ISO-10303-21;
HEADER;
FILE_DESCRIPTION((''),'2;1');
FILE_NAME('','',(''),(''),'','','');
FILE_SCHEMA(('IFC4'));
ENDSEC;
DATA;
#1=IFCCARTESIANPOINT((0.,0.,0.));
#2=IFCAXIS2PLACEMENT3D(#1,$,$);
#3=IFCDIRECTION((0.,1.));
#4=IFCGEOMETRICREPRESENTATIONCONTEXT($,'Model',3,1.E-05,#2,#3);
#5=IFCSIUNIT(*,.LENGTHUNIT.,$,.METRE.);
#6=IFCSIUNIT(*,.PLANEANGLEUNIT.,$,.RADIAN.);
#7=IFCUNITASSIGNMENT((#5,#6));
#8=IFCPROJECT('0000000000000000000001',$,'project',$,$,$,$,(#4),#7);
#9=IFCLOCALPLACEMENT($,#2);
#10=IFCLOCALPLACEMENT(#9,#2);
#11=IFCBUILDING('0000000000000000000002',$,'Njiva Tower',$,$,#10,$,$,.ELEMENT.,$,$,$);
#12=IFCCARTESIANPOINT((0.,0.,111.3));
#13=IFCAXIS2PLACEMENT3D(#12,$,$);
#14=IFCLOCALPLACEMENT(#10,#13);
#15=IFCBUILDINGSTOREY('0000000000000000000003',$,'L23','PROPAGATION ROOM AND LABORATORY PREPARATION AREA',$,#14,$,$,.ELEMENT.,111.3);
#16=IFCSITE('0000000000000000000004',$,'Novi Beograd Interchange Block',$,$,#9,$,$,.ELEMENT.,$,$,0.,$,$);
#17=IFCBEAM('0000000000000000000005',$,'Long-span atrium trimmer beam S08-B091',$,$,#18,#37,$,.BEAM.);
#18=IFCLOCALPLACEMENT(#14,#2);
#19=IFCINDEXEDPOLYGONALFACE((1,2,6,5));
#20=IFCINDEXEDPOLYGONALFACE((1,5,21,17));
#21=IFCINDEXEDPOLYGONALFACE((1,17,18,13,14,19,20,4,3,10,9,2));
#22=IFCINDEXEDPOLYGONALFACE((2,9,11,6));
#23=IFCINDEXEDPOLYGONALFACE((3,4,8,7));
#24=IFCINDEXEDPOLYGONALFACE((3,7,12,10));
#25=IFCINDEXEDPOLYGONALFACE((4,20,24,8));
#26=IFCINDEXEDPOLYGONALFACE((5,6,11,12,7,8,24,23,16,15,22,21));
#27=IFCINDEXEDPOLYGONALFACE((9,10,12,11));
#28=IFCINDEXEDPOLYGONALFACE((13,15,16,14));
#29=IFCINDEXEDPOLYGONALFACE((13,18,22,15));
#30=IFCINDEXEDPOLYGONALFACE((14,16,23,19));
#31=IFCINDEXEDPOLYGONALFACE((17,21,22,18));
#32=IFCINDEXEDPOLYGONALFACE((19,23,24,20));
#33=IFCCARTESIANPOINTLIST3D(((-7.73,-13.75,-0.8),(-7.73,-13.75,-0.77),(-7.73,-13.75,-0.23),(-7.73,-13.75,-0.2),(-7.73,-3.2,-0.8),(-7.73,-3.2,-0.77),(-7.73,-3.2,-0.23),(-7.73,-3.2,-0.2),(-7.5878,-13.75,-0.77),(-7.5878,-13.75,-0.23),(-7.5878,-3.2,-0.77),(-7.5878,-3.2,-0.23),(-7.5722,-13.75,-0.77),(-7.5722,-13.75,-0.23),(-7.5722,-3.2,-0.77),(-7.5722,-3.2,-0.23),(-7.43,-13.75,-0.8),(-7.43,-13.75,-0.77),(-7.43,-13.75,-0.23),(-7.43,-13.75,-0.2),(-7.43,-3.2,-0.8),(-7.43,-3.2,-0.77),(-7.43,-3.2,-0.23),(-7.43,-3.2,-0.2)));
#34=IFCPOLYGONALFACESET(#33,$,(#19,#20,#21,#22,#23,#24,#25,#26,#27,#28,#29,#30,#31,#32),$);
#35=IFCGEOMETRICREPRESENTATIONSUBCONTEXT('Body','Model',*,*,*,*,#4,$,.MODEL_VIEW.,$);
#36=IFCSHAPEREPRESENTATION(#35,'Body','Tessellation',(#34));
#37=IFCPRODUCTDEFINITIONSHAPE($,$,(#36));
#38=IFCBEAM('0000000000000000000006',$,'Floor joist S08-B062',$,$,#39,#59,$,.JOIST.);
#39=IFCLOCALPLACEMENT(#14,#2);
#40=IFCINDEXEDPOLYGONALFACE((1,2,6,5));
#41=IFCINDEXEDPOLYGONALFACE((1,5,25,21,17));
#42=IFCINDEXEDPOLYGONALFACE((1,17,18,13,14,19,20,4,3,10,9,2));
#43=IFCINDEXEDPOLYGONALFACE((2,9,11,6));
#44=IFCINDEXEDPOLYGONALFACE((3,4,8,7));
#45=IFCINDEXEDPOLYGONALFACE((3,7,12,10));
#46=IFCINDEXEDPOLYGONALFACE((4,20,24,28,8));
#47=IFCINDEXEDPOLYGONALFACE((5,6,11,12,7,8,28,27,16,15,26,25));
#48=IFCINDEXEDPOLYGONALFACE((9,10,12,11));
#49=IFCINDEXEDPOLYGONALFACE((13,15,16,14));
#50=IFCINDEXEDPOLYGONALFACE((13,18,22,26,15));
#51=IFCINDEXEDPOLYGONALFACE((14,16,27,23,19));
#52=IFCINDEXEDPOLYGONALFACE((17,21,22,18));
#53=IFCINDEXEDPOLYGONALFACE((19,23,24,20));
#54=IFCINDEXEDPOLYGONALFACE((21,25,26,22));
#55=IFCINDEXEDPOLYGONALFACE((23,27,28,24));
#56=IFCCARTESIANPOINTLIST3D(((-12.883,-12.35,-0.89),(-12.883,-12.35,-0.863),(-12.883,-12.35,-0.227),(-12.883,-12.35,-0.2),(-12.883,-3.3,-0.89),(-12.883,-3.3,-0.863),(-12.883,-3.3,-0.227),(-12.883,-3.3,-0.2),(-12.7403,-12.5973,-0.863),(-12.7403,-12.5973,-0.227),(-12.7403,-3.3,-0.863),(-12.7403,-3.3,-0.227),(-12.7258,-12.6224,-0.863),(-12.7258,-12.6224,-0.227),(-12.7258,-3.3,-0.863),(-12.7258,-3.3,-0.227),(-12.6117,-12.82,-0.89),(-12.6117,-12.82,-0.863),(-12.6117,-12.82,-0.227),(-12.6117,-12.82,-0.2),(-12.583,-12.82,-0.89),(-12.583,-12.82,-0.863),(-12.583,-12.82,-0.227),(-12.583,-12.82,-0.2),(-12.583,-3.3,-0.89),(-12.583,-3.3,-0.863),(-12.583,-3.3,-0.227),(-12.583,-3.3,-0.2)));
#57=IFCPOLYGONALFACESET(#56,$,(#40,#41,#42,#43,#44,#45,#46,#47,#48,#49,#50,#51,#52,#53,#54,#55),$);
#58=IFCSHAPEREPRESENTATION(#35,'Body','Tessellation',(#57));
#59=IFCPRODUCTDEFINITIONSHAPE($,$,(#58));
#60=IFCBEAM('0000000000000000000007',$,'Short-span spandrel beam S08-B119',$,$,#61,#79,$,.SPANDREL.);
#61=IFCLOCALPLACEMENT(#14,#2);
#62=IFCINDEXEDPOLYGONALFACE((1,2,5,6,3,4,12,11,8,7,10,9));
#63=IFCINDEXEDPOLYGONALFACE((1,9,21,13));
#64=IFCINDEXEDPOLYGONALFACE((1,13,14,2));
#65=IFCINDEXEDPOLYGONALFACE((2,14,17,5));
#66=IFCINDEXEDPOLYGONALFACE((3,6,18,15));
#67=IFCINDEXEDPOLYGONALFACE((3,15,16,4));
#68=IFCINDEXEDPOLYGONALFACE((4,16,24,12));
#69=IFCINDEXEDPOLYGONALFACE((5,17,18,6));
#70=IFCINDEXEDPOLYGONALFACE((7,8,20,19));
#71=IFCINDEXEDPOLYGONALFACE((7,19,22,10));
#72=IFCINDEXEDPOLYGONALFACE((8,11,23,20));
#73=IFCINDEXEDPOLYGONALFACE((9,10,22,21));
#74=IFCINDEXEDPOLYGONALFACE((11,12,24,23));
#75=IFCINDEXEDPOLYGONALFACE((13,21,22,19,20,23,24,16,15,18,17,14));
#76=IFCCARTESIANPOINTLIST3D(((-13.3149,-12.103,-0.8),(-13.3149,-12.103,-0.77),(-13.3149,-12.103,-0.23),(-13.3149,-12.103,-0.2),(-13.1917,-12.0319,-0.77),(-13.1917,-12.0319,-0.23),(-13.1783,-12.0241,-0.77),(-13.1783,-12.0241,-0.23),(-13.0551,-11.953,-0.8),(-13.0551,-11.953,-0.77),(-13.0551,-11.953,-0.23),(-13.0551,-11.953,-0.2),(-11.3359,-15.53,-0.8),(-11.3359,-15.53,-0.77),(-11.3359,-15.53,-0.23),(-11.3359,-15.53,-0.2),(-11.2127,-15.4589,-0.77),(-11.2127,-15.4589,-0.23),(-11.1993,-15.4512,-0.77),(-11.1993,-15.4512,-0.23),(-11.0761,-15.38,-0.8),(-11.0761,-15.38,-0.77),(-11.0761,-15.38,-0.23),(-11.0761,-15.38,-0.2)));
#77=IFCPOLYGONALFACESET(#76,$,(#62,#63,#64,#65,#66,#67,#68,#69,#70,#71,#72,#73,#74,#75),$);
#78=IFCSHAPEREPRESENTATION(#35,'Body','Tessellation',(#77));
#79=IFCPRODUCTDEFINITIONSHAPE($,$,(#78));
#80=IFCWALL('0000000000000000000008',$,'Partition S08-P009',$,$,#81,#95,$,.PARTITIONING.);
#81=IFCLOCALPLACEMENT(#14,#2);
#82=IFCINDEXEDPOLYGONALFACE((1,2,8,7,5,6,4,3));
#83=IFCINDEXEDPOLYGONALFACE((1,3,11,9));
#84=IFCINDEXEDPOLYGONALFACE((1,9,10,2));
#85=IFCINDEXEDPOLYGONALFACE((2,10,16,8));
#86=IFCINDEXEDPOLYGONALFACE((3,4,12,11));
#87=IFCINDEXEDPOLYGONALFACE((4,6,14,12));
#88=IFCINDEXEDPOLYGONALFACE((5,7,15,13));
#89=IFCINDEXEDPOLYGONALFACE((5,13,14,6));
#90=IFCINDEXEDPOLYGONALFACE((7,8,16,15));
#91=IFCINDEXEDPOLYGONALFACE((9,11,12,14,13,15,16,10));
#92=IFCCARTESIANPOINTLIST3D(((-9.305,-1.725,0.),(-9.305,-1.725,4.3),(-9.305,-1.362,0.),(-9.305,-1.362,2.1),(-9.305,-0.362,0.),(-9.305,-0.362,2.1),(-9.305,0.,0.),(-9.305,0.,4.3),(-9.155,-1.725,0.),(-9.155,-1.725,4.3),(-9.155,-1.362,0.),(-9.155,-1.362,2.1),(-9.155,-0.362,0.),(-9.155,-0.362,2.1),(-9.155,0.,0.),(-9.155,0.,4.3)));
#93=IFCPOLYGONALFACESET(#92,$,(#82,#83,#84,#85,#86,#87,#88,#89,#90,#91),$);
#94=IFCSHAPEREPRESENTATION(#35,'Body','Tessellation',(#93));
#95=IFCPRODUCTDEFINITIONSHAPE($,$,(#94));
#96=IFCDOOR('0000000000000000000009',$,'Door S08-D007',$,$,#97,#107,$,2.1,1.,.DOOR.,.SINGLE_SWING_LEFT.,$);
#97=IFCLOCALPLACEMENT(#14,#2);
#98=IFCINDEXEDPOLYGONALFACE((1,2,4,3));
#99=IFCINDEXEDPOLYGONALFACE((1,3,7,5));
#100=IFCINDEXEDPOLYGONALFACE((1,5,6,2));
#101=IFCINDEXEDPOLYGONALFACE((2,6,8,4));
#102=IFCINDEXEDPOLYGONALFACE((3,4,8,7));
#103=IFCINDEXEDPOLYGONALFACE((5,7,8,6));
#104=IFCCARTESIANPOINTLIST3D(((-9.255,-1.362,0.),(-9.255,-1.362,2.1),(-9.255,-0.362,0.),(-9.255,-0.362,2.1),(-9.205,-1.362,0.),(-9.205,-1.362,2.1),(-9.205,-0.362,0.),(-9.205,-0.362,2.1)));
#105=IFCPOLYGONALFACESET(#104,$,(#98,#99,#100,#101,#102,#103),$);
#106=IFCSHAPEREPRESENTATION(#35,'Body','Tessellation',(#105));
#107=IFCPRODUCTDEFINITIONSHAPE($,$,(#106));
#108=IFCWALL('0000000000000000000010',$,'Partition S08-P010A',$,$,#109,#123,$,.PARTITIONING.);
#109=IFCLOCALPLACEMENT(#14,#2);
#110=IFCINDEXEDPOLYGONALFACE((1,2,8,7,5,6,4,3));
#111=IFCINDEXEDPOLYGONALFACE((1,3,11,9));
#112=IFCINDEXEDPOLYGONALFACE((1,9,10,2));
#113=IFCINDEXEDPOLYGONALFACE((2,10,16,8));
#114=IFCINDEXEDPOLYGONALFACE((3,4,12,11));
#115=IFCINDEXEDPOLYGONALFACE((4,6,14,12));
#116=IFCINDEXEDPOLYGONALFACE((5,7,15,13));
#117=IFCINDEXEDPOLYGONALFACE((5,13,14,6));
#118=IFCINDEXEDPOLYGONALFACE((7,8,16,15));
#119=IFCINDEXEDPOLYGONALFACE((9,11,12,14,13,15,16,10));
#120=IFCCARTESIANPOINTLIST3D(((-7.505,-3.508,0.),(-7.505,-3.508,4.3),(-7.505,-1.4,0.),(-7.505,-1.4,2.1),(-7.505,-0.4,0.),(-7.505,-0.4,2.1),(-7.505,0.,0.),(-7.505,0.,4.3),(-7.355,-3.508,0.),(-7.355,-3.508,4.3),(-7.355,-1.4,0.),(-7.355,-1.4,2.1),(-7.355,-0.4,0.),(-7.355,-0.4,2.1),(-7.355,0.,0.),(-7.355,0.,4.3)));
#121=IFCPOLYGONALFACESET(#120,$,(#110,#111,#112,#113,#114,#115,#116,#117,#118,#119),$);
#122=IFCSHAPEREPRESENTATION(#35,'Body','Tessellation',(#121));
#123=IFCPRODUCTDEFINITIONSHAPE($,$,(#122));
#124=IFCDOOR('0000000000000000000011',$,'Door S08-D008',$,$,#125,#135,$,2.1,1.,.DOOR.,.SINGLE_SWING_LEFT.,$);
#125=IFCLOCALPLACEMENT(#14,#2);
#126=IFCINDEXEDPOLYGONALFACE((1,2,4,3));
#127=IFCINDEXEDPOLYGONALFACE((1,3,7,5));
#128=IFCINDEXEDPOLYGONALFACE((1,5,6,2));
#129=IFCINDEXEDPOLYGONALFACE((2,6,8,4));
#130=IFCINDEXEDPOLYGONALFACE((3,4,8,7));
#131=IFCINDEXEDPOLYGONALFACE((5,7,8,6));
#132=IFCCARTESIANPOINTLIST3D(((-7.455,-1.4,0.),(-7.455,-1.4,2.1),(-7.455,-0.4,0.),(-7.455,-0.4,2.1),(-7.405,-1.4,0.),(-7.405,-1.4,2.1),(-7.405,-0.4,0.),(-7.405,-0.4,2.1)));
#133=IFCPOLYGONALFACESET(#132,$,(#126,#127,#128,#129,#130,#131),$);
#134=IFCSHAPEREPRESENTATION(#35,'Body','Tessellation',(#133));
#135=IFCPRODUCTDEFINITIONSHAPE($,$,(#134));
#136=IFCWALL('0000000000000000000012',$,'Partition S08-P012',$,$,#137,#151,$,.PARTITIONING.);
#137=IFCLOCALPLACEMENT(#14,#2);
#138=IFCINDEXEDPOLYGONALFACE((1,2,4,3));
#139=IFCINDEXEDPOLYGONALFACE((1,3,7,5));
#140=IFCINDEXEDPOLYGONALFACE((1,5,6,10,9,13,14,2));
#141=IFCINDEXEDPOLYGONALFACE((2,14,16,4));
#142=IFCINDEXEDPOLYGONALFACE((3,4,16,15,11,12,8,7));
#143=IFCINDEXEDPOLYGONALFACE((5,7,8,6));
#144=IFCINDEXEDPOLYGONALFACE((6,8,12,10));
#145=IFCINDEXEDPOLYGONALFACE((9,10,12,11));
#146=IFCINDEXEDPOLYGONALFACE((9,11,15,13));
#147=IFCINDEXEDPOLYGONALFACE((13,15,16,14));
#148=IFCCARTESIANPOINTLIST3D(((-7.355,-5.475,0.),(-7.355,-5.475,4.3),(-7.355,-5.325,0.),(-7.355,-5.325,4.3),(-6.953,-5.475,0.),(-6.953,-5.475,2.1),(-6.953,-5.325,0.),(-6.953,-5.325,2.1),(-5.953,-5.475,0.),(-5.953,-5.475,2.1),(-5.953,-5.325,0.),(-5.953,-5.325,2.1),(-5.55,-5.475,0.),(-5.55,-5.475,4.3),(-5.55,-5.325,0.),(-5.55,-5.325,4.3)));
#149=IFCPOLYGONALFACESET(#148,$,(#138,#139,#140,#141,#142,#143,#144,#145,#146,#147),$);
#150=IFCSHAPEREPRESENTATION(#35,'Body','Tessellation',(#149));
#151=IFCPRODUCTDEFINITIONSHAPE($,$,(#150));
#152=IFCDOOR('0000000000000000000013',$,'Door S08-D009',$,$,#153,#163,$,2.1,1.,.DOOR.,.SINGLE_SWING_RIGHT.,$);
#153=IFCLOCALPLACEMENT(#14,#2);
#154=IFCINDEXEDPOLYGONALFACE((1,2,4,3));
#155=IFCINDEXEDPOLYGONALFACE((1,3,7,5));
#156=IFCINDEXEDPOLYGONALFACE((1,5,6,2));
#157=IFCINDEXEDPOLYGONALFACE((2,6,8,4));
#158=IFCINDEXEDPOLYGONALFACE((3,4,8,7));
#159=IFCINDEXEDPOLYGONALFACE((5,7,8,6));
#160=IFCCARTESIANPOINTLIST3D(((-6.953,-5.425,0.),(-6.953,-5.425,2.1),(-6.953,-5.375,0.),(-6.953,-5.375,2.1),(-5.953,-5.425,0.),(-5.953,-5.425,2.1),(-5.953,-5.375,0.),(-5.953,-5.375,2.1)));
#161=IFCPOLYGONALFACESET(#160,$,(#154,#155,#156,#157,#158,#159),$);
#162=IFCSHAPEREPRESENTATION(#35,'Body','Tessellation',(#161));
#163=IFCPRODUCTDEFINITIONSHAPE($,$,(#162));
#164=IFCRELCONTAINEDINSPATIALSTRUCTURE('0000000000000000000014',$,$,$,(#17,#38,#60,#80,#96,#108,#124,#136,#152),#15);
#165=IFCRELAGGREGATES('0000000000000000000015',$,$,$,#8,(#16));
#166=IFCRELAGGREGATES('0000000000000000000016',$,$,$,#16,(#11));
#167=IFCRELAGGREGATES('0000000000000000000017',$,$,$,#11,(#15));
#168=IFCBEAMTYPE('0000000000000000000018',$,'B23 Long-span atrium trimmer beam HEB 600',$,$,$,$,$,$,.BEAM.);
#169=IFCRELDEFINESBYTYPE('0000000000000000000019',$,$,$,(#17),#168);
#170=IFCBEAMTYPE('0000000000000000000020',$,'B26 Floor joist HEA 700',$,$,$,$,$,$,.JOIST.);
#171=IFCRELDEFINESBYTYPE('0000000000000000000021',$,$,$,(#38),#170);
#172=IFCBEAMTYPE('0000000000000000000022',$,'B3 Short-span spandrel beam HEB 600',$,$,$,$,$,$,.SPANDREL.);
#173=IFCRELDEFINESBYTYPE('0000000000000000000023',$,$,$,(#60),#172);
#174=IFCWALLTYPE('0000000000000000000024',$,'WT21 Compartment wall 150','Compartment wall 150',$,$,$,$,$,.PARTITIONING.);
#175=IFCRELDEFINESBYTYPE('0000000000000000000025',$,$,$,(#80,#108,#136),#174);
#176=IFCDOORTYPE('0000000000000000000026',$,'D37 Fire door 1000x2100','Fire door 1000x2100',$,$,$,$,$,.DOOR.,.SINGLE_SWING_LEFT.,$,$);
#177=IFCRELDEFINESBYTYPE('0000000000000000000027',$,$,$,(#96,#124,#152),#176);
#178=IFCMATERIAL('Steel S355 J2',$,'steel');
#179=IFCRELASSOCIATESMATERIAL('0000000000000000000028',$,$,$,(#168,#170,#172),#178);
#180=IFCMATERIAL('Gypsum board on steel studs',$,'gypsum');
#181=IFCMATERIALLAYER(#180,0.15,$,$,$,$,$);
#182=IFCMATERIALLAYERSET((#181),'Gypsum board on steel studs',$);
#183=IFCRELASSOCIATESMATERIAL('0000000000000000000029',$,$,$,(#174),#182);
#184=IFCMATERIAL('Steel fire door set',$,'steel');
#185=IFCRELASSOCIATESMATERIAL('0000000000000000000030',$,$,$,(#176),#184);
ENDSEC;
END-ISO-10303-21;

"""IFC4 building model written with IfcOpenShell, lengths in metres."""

from ifc_helpers import new_model, si_unit, direction, frame, frame_2d, origin, origin_2d, place, context, subcontext, project, spatial, rectangle, i_section, extrude, clip, halfspace, material, layer, layer_set, material_profile, profile_set, type_object, element, fill, save


model = new_model("IFC4")

# Units and contexts
model_context = context("Model", 3, precision=1e-05, world=origin(), true_north=direction((0.0, 1.0)))
body_context = subcontext(model_context, "Body", "Model", "MODEL_VIEW")
ifc_project = project(units=[si_unit("LENGTHUNIT", "METRE"), si_unit("PLANEANGLEUNIT", "RADIAN")], contexts=[model_context])

# Site, building, storey
site_placement = place(None, origin())
site = spatial("IfcSite", under=ifc_project, at=site_placement, Name="Novi Beograd Interchange Block", CompositionType="ELEMENT", RefElevation=0.0)
building_placement = place(site_placement, origin())
building = spatial("IfcBuilding", under=site, at=building_placement, Name="Njiva Tower", CompositionType="ELEMENT")
storey_placement = place(building_placement, frame((0.0, 0.0, 111.3)))
storey = spatial("IfcBuildingStorey", under=building, at=storey_placement, Name="L23", Description="PROPAGATION ROOM AND LABORATORY PREPARATION AREA", CompositionType="ELEMENT", Elevation=111.3)

# Shared definitions
ifc_material_1 = material(Name="Steel S355 J2", Category="steel")

# Beams
ifc_material_profile_1 = material_profile(ifc_material_1, i_section(OverallWidth=0.3, OverallDepth=0.6, WebThickness=0.0155, FlangeThickness=0.03, at=origin_2d()), Name="HEB 600")
ifc_profile_set_1 = profile_set([ifc_material_profile_1], Name="Steel S355 J2")
beam_type_1 = type_object("IfcBeamType", Name="B23 Long-span atrium trimmer beam HEB 600", PredefinedType="BEAM", material=ifc_profile_set_1)
beam_1_placement = place(storey_placement, frame((-7.58, -3.2, -0.5), z_axis=(0.0, -1.0, 0.0), x_axis=(1.0, 0.0, 0.0)))
element("IfcBeam", 1, at=beam_1_placement, inside=storey, type_object=beam_type_1, Name="Long-span atrium trimmer beam S08-B091", PredefinedType="BEAM", context=body_context, shape_type="SweptSolid", body=[
    extrude(i_section(OverallWidth=0.3, OverallDepth=0.6, WebThickness=0.0155, FlangeThickness=0.03, at=origin_2d()), origin(), (0.0, 0.0, 1.0), 10.55),
])
ifc_material_profile_2 = material_profile(ifc_material_1, i_section(OverallWidth=0.3, OverallDepth=0.69, WebThickness=0.0145, FlangeThickness=0.027, at=origin_2d()), Name="HEA 700")
ifc_profile_set_2 = profile_set([ifc_material_profile_2], Name="Steel S355 J2")
beam_type_2 = type_object("IfcBeamType", Name="B26 Floor joist HEA 700", PredefinedType="JOIST", material=ifc_profile_set_2)
beam_2_placement = place(storey_placement, frame((-12.733, -3.3, -0.545), z_axis=(0.0, -1.0, 0.0), x_axis=(1.0, 0.0, 0.0)))
element("IfcBeam", 2, at=beam_2_placement, inside=storey, type_object=beam_type_2, Name="Floor joist S08-B062", PredefinedType="JOIST", context=body_context, shape_type="Clipping", body=[
    clip(extrude(i_section(OverallWidth=0.3, OverallDepth=0.69, WebThickness=0.0145, FlangeThickness=0.027, at=origin_2d()), origin(), (0.0, 0.0, 1.0), 9.52), halfspace(frame((-0.0436, 0.0, 9.2343), z_axis=(-0.866027, 0.0, 0.499998), x_axis=(0.0, 1.0, 0.0)), False)),
])
ifc_material_profile_3 = material_profile(ifc_material_1, i_section(OverallWidth=0.3, OverallDepth=0.6, WebThickness=0.0155, FlangeThickness=0.03, at=origin_2d()), Name="HEB 600")
ifc_profile_set_3 = profile_set([ifc_material_profile_3], Name="Steel S355 J2")
beam_type_3 = type_object("IfcBeamType", Name="B3 Short-span spandrel beam HEB 600", PredefinedType="SPANDREL", material=ifc_profile_set_3)
beam_3_placement = place(storey_placement, frame((-13.185, -12.028, -0.5), z_axis=(0.50008, -0.865979, 0.0), x_axis=(0.865979, 0.50008, 0.0)))
element("IfcBeam", 3, at=beam_3_placement, inside=storey, type_object=beam_type_3, Name="Short-span spandrel beam S08-B119", PredefinedType="SPANDREL", context=body_context, shape_type="SweptSolid", body=[
    extrude(i_section(OverallWidth=0.3, OverallDepth=0.6, WebThickness=0.0155, FlangeThickness=0.03, at=origin_2d()), origin(), (0.0, 0.0, 1.0), 3.9574),
])

# Walls, openings, doors
ifc_material_2 = material(Name="Gypsum board on steel studs", Category="gypsum")
ifc_layer_1 = layer(ifc_material_2, 0.15)
ifc_layer_set_1 = layer_set([ifc_layer_1], Name="Gypsum board on steel studs")
wall_type_1 = type_object("IfcWallType", Name="WT21 Compartment wall 150", Description="Compartment wall 150", PredefinedType="PARTITIONING", material=ifc_layer_set_1)
wall_1_placement = place(storey_placement, frame((-9.23, -1.725, 0.0), z_axis=(0.0, 0.0, 1.0), x_axis=(0.0, 1.0, 0.0)))
wall_1 = element("IfcWall", 4, at=wall_1_placement, inside=storey, type_object=wall_type_1, Name="Partition S08-P009", PredefinedType="PARTITIONING", context=body_context, shape_type="SweptSolid", body=[
    extrude(rectangle(XDim=1.725, YDim=0.15, at=frame_2d((0.8625, 0.0))), origin(), (0.0, 0.0, 1.0), 4.3),
])
opening_1_placement = place(wall_1_placement, frame((0.363, 0.0, 0.0)))
opening_1 = element("IfcOpeningElement", 5, at=opening_1_placement, cuts=wall_1, PredefinedType="OPENING", context=body_context, shape_type="SweptSolid", body=[
    extrude(rectangle(XDim=1.0, YDim=2.1, at=frame_2d((0.5, 1.05))), frame((0.0, 0.085, 0.0), z_axis=(0.0, -1.0, 0.0), x_axis=(1.0, 0.0, 0.0)), (0.0, 0.0, 1.0), 0.17),
])
ifc_material_3 = material(Name="Steel fire door set", Category="steel")
door_type = type_object("IfcDoorType", Name="D37 Fire door 1000x2100", Description="Fire door 1000x2100", OperationType="SINGLE_SWING_LEFT", PredefinedType="DOOR", material=ifc_material_3)
door_1_placement = place(opening_1_placement, origin())
door_1 = element("IfcDoor", 6, at=door_1_placement, inside=storey, type_object=door_type, Name="Door S08-D007", OperationType="SINGLE_SWING_LEFT", OverallHeight=2.1, OverallWidth=1.0, PredefinedType="DOOR", context=body_context, shape_type="SweptSolid", body=[
    extrude(rectangle(XDim=1.0, YDim=2.1, at=frame_2d((0.5, 1.05))), frame((0.0, 0.025, 0.0), z_axis=(0.0, -1.0, 0.0), x_axis=(1.0, 0.0, 0.0)), (0.0, 0.0, 1.0), 0.05),
])
fill(opening_1, door_1)
wall_2_placement = place(storey_placement, frame((-7.43, -3.508, 0.0), z_axis=(0.0, 0.0, 1.0), x_axis=(0.0, 1.0, 0.0)))
wall_2 = element("IfcWall", 7, at=wall_2_placement, inside=storey, type_object=wall_type_1, Name="Partition S08-P010A", PredefinedType="PARTITIONING", context=body_context, shape_type="SweptSolid", body=[
    extrude(rectangle(XDim=3.508, YDim=0.15, at=frame_2d((1.754, 0.0))), origin(), (0.0, 0.0, 1.0), 4.3),
])
opening_2_placement = place(wall_2_placement, frame((2.108, 0.0, 0.0)))
opening_2 = element("IfcOpeningElement", 8, at=opening_2_placement, cuts=wall_2, PredefinedType="OPENING", context=body_context, shape_type="SweptSolid", body=[
    extrude(rectangle(XDim=1.0, YDim=2.1, at=frame_2d((0.5, 1.05))), frame((0.0, 0.085, 0.0), z_axis=(0.0, -1.0, 0.0), x_axis=(1.0, 0.0, 0.0)), (0.0, 0.0, 1.0), 0.17),
])
door_2_placement = place(opening_2_placement, origin())
door_2 = element("IfcDoor", 9, at=door_2_placement, inside=storey, type_object=door_type, Name="Door S08-D008", OperationType="SINGLE_SWING_LEFT", OverallHeight=2.1, OverallWidth=1.0, PredefinedType="DOOR", context=body_context, shape_type="SweptSolid", body=[
    extrude(rectangle(XDim=1.0, YDim=2.1, at=frame_2d((0.5, 1.05))), frame((0.0, 0.025, 0.0), z_axis=(0.0, -1.0, 0.0), x_axis=(1.0, 0.0, 0.0)), (0.0, 0.0, 1.0), 0.05),
])
fill(opening_2, door_2)
wall_3_placement = place(storey_placement, frame((-7.355, -5.4, 0.0), z_axis=(0.0, 0.0, 1.0), x_axis=(1.0, 0.0, 0.0)))
wall_3 = element("IfcWall", 10, at=wall_3_placement, inside=storey, type_object=wall_type_1, Name="Partition S08-P012", PredefinedType="PARTITIONING", context=body_context, shape_type="SweptSolid", body=[
    extrude(rectangle(XDim=1.805, YDim=0.15, at=frame_2d((0.9025, 0.0))), origin(), (0.0, 0.0, 1.0), 4.3),
])
opening_3_placement = place(wall_3_placement, frame((0.402, 0.0, 0.0)))
opening_3 = element("IfcOpeningElement", 11, at=opening_3_placement, cuts=wall_3, PredefinedType="OPENING", context=body_context, shape_type="SweptSolid", body=[
    extrude(rectangle(XDim=1.0, YDim=2.1, at=frame_2d((0.5, 1.05))), frame((0.0, 0.085, 0.0), z_axis=(0.0, -1.0, 0.0), x_axis=(1.0, 0.0, 0.0)), (0.0, 0.0, 1.0), 0.17),
])
door_3_placement = place(opening_3_placement, origin())
door_3 = element("IfcDoor", 12, at=door_3_placement, inside=storey, type_object=door_type, Name="Door S08-D009", OperationType="SINGLE_SWING_RIGHT", OverallHeight=2.1, OverallWidth=1.0, PredefinedType="DOOR", context=body_context, shape_type="SweptSolid", body=[
    extrude(rectangle(XDim=1.0, YDim=2.1, at=frame_2d((0.5, 1.05))), frame((0.0, 0.025, 0.0), z_axis=(0.0, -1.0, 0.0), x_axis=(1.0, 0.0, 0.0)), (0.0, 0.0, 1.0), 0.05),
])
fill(opening_3, door_3)

save(model, "model.ifc")
